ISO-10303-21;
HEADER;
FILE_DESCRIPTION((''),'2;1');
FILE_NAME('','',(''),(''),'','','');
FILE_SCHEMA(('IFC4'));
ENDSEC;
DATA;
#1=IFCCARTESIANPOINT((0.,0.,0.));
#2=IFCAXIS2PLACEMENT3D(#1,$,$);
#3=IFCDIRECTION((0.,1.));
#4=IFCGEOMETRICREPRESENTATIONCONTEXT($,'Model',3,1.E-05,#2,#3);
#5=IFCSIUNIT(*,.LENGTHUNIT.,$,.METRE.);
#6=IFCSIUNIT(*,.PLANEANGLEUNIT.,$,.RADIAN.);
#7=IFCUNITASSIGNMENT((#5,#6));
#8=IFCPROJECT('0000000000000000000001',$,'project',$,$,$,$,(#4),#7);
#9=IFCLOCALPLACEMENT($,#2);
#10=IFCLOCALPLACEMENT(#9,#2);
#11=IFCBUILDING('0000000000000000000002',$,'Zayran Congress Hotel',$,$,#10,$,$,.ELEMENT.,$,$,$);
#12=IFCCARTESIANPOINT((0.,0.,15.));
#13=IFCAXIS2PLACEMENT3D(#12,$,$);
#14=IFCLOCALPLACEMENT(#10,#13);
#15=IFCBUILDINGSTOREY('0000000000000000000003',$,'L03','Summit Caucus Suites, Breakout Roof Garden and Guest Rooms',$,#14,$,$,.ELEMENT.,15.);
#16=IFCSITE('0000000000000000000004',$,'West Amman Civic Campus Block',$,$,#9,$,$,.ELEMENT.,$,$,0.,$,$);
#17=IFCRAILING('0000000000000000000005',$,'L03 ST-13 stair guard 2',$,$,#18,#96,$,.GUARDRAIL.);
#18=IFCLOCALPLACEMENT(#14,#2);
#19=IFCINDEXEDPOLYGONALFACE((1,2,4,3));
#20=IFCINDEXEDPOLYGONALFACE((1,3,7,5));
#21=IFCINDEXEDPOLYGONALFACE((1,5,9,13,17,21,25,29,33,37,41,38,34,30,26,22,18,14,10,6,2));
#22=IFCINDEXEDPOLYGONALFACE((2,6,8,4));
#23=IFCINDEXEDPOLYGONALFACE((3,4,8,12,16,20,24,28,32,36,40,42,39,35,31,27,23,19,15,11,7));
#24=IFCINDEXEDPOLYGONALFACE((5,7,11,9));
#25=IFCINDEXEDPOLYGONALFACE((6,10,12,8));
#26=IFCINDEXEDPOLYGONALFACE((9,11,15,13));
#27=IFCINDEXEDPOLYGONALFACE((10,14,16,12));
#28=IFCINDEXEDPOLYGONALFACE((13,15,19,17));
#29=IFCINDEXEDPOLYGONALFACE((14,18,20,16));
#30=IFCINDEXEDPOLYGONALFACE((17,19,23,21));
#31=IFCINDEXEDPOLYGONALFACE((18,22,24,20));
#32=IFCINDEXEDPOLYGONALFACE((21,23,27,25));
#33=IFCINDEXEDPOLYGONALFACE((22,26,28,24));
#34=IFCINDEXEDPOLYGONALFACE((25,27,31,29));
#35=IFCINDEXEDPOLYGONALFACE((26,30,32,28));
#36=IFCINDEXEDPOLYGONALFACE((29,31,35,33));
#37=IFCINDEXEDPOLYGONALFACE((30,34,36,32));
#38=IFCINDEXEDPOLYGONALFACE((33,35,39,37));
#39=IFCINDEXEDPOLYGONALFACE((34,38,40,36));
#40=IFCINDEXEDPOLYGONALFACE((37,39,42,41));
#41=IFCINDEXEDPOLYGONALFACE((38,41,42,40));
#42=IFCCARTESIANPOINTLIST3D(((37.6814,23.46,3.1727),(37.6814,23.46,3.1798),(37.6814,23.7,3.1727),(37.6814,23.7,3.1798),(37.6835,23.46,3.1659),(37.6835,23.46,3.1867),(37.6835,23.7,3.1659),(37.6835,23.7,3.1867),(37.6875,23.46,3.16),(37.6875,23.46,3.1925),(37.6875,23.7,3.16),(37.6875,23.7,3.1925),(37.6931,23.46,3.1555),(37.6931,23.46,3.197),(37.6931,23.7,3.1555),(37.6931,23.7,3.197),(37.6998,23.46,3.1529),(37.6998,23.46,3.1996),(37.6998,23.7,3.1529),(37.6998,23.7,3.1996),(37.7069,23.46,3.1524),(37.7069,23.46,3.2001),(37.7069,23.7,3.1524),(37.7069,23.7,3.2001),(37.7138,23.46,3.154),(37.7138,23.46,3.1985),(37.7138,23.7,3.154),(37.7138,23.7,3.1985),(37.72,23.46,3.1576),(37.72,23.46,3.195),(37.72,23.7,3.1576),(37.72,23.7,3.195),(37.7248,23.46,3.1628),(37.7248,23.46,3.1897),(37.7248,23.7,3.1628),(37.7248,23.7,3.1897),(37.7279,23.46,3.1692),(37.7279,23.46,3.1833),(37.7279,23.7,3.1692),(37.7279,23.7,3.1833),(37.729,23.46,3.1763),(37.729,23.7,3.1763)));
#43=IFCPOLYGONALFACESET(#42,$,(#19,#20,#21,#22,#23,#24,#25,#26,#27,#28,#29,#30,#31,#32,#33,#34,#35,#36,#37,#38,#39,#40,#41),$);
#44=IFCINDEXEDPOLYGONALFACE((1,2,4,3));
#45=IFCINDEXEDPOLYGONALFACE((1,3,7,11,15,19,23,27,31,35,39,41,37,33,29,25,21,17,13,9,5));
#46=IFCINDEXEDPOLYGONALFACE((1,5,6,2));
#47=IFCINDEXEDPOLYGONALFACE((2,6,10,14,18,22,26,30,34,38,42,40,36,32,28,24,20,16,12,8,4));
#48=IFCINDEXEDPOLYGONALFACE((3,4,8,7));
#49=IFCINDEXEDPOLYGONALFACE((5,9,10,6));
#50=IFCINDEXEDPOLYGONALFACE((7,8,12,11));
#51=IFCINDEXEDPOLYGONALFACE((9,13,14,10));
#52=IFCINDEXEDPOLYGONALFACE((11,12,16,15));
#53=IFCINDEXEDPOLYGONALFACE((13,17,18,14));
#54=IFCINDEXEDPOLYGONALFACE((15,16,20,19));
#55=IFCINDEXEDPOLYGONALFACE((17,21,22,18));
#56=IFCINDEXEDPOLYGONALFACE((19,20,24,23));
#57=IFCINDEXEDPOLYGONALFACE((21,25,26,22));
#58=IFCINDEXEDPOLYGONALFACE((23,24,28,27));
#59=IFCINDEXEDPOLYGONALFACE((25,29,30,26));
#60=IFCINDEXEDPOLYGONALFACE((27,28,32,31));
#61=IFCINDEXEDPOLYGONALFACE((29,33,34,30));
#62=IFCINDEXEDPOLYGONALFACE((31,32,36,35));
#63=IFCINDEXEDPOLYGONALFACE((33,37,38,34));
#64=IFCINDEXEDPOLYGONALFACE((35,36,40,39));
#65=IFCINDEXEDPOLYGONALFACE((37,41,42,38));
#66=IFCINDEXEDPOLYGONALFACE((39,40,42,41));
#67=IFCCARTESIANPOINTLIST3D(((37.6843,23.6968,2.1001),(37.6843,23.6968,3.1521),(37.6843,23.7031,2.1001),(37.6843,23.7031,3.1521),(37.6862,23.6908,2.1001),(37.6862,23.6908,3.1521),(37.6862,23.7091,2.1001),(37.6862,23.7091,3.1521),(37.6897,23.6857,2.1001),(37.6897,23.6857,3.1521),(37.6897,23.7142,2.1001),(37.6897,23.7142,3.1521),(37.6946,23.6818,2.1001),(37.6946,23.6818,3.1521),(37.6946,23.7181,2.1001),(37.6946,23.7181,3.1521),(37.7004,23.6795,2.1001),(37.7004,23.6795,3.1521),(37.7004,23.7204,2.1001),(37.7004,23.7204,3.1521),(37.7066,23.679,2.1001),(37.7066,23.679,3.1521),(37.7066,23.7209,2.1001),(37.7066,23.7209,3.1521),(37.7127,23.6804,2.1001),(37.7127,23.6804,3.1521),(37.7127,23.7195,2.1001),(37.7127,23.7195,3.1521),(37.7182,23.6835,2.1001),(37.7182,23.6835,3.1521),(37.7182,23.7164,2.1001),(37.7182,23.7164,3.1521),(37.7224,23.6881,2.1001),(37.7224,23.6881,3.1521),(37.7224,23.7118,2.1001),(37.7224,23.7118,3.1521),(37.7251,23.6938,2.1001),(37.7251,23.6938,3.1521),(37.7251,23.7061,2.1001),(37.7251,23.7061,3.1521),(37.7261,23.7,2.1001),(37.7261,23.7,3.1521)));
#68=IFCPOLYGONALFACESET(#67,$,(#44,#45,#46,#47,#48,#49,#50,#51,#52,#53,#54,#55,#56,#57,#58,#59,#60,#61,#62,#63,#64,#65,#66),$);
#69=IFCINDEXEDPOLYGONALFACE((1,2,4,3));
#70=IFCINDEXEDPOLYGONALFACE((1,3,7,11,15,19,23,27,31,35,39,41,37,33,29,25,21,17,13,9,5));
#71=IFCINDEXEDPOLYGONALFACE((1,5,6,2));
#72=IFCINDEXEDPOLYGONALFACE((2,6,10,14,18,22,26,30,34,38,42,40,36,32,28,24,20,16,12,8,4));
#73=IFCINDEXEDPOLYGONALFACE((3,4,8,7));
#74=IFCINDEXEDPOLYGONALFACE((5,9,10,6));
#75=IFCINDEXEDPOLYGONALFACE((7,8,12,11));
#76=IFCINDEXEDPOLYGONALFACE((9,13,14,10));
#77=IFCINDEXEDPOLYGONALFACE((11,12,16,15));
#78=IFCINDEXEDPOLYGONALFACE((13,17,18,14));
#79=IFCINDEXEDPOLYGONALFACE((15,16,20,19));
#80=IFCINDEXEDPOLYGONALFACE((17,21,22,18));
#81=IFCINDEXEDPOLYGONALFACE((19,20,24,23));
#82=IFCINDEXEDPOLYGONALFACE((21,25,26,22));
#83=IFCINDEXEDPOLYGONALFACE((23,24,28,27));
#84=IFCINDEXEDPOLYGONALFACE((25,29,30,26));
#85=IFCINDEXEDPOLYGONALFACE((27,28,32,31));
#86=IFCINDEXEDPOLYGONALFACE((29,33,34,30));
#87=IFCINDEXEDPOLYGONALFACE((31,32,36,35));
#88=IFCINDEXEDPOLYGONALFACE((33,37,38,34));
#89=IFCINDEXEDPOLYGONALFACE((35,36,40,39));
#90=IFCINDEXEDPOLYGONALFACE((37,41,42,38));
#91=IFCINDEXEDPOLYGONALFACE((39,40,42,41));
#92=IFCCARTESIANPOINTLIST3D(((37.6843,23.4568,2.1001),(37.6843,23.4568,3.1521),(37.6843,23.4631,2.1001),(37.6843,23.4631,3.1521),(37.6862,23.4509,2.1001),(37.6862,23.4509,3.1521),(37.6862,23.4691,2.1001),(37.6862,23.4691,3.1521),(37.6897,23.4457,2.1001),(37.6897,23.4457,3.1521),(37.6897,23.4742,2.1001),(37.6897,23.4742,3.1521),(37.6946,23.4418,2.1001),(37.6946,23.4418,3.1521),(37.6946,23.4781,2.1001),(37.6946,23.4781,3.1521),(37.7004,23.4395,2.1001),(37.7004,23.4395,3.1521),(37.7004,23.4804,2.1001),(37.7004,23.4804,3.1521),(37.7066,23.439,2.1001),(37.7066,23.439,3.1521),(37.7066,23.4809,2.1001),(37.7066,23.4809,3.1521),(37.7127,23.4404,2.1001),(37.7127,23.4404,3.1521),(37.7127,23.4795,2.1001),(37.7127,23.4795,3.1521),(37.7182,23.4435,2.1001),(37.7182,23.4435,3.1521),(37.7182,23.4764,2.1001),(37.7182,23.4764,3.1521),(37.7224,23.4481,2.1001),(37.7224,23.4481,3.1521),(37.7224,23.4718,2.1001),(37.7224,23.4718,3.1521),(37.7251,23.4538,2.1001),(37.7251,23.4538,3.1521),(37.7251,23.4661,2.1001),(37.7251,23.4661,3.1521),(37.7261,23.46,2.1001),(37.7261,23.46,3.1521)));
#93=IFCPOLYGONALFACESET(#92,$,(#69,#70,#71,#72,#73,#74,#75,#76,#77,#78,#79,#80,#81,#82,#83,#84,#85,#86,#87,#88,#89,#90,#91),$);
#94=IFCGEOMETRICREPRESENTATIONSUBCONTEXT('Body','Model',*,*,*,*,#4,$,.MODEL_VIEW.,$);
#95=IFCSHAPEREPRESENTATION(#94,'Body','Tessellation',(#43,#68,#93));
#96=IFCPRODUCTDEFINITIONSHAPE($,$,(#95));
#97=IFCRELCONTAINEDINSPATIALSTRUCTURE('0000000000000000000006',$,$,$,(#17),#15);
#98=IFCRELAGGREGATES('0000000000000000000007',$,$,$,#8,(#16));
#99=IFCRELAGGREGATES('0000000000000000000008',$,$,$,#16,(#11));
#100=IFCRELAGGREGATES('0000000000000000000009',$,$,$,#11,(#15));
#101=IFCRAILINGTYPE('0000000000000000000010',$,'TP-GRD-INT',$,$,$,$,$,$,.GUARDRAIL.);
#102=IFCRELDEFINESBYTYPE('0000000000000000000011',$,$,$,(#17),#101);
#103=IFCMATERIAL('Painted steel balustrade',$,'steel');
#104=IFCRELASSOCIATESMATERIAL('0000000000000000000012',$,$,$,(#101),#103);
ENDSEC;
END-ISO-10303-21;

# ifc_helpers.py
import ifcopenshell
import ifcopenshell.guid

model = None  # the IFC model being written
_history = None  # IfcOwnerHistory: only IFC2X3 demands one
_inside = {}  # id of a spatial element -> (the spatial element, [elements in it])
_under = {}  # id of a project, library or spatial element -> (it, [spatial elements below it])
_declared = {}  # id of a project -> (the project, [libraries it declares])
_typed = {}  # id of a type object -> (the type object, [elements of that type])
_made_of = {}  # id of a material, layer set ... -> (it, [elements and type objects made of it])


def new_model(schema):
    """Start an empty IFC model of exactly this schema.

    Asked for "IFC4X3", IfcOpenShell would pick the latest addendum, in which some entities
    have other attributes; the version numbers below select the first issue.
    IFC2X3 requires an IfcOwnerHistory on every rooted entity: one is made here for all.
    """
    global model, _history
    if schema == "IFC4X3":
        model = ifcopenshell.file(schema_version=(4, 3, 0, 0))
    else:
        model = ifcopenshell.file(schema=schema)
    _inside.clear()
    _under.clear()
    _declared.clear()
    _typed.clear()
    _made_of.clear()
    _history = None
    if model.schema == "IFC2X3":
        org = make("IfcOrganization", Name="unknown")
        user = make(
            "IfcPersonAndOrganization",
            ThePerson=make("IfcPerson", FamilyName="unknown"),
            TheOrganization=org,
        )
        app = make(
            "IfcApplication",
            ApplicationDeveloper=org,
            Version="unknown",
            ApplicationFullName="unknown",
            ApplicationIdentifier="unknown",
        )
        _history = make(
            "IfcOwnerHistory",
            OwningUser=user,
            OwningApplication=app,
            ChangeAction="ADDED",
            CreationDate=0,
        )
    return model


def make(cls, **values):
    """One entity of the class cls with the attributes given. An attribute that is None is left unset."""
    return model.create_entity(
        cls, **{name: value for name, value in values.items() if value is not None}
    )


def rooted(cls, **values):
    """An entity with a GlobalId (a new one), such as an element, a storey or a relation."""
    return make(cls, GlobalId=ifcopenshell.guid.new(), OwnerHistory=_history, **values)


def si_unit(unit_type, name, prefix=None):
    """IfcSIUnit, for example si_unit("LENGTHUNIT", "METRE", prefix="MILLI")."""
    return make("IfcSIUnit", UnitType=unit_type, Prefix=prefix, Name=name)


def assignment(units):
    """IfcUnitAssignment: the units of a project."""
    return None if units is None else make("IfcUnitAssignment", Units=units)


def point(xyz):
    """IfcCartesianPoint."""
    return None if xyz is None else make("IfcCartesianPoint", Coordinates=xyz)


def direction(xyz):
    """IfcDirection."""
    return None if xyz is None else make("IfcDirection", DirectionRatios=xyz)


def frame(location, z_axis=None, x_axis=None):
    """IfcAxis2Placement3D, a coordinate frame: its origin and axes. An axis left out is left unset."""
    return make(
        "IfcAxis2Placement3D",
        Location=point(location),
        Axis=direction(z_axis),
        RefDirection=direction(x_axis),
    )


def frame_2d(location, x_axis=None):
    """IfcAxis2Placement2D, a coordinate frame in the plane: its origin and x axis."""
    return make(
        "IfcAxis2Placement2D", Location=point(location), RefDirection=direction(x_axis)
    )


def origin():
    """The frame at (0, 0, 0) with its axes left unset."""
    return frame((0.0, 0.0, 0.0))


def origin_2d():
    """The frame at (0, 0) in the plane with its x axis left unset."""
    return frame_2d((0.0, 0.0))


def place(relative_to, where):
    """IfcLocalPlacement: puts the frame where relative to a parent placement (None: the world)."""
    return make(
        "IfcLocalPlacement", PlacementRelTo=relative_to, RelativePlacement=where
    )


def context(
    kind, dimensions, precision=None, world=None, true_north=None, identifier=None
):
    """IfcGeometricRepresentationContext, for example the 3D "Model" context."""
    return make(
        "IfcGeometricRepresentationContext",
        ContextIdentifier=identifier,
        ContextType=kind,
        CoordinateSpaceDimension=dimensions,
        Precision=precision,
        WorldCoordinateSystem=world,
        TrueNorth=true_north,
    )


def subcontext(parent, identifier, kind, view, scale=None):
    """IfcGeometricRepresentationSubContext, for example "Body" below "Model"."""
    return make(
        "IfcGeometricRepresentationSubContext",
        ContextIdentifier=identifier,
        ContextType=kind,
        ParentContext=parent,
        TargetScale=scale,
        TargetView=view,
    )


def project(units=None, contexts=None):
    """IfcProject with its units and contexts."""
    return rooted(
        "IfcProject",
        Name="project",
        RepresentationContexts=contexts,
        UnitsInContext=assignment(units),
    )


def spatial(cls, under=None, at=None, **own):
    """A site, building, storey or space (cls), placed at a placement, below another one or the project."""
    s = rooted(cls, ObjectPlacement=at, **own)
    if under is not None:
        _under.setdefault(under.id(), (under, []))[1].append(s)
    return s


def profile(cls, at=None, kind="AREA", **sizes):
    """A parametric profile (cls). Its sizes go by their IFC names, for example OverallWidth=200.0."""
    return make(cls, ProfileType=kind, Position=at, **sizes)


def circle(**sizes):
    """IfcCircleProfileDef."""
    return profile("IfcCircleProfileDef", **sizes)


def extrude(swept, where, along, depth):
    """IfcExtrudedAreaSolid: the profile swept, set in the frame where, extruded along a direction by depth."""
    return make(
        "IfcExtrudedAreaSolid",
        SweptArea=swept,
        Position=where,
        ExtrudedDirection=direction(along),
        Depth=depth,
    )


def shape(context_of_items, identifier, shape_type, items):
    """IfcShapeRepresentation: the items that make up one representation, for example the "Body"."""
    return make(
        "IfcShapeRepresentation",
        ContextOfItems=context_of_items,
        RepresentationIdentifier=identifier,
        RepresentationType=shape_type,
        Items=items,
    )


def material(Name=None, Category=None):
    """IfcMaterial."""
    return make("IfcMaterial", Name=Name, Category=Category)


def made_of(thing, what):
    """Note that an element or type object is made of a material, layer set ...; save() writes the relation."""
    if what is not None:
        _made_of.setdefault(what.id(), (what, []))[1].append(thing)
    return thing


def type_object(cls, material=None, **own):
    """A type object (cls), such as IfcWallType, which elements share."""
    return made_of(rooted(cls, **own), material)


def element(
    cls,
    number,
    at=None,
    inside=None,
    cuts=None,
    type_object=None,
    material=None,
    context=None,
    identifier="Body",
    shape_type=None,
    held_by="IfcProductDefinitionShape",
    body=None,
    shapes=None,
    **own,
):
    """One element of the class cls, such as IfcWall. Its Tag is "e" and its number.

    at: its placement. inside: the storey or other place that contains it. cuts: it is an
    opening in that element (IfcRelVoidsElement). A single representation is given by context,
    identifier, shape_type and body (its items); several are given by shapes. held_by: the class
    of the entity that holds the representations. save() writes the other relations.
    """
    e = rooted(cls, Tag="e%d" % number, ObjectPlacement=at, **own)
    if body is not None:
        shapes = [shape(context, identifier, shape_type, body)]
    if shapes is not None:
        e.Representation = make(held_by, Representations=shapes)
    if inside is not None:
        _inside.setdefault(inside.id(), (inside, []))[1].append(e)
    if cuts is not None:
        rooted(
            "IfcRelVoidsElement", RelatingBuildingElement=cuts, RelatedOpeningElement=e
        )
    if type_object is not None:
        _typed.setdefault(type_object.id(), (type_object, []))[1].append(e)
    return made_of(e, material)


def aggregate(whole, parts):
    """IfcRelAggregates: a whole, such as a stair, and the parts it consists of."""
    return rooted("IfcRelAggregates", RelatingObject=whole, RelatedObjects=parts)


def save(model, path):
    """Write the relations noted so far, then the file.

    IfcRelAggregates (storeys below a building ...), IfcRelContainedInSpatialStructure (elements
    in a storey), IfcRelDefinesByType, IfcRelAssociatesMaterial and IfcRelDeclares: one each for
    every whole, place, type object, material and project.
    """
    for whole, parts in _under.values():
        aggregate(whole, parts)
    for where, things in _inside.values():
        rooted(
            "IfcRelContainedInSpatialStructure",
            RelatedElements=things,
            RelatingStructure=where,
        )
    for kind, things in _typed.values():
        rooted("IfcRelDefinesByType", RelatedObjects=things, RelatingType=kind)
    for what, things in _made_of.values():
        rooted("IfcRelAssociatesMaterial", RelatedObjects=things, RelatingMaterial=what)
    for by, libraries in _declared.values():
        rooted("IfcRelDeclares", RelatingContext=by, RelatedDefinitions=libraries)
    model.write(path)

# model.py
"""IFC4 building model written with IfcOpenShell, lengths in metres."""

from ifc_helpers import new_model, si_unit, direction, frame, origin, origin_2d, place, context, subcontext, project, spatial, circle, extrude, material, type_object, element, save


model = new_model("IFC4")

# Units and contexts
model_context = context("Model", 3, precision=1e-05, world=origin(), true_north=direction((0.0, 1.0)))
body_context = subcontext(model_context, "Body", "Model", "MODEL_VIEW")
ifc_project = project(units=[si_unit("LENGTHUNIT", "METRE"), si_unit("PLANEANGLEUNIT", "RADIAN")], contexts=[model_context])

# Site, building, storey
site_placement = place(None, origin())
site = spatial("IfcSite", under=ifc_project, at=site_placement, Name="West Amman Civic Campus Block", CompositionType="ELEMENT", RefElevation=0.0)
building_placement = place(site_placement, origin())
building = spatial("IfcBuilding", under=site, at=building_placement, Name="Zayran Congress Hotel", CompositionType="ELEMENT")
storey_placement = place(building_placement, frame((0.0, 0.0, 15.0)))
storey = spatial("IfcBuildingStorey", under=building, at=storey_placement, Name="L03", Description="Summit Caucus Suites, Breakout Roof Garden and Guest Rooms", CompositionType="ELEMENT", Elevation=15.0)

# Railing
ifc_material_1 = material(Name="Painted steel balustrade", Category="steel")
railing_type_1 = type_object("IfcRailingType", Name="TP-GRD-INT", PredefinedType="GUARDRAIL", material=ifc_material_1)
railing_1_placement = place(storey_placement, frame((37.7051, 23.7, 2.1001)))
element("IfcRailing", 1, at=railing_1_placement, inside=storey, type_object=railing_type_1, Name="L03 ST-13 stair guard 2", PredefinedType="GUARDRAIL", context=body_context, shape_type="SweptSolid", body=[
    extrude(circle(Radius=0.0239, at=origin_2d()), frame((0.0, 0.0, 1.0762), z_axis=(0.0, -1.0, 0.0), x_axis=(1.0, 0.0, 0.0)), (0.0, 0.0, 1.0), 0.24),
    extrude(circle(Radius=0.021, at=origin_2d()), origin(), (0.0, 0.0, 1.0), 1.052),
    extrude(circle(Radius=0.021, at=origin_2d()), frame((0.0, -0.24, 0.0)), (0.0, 0.0, 1.0), 1.052),
])

save(model, "model.ifc")
